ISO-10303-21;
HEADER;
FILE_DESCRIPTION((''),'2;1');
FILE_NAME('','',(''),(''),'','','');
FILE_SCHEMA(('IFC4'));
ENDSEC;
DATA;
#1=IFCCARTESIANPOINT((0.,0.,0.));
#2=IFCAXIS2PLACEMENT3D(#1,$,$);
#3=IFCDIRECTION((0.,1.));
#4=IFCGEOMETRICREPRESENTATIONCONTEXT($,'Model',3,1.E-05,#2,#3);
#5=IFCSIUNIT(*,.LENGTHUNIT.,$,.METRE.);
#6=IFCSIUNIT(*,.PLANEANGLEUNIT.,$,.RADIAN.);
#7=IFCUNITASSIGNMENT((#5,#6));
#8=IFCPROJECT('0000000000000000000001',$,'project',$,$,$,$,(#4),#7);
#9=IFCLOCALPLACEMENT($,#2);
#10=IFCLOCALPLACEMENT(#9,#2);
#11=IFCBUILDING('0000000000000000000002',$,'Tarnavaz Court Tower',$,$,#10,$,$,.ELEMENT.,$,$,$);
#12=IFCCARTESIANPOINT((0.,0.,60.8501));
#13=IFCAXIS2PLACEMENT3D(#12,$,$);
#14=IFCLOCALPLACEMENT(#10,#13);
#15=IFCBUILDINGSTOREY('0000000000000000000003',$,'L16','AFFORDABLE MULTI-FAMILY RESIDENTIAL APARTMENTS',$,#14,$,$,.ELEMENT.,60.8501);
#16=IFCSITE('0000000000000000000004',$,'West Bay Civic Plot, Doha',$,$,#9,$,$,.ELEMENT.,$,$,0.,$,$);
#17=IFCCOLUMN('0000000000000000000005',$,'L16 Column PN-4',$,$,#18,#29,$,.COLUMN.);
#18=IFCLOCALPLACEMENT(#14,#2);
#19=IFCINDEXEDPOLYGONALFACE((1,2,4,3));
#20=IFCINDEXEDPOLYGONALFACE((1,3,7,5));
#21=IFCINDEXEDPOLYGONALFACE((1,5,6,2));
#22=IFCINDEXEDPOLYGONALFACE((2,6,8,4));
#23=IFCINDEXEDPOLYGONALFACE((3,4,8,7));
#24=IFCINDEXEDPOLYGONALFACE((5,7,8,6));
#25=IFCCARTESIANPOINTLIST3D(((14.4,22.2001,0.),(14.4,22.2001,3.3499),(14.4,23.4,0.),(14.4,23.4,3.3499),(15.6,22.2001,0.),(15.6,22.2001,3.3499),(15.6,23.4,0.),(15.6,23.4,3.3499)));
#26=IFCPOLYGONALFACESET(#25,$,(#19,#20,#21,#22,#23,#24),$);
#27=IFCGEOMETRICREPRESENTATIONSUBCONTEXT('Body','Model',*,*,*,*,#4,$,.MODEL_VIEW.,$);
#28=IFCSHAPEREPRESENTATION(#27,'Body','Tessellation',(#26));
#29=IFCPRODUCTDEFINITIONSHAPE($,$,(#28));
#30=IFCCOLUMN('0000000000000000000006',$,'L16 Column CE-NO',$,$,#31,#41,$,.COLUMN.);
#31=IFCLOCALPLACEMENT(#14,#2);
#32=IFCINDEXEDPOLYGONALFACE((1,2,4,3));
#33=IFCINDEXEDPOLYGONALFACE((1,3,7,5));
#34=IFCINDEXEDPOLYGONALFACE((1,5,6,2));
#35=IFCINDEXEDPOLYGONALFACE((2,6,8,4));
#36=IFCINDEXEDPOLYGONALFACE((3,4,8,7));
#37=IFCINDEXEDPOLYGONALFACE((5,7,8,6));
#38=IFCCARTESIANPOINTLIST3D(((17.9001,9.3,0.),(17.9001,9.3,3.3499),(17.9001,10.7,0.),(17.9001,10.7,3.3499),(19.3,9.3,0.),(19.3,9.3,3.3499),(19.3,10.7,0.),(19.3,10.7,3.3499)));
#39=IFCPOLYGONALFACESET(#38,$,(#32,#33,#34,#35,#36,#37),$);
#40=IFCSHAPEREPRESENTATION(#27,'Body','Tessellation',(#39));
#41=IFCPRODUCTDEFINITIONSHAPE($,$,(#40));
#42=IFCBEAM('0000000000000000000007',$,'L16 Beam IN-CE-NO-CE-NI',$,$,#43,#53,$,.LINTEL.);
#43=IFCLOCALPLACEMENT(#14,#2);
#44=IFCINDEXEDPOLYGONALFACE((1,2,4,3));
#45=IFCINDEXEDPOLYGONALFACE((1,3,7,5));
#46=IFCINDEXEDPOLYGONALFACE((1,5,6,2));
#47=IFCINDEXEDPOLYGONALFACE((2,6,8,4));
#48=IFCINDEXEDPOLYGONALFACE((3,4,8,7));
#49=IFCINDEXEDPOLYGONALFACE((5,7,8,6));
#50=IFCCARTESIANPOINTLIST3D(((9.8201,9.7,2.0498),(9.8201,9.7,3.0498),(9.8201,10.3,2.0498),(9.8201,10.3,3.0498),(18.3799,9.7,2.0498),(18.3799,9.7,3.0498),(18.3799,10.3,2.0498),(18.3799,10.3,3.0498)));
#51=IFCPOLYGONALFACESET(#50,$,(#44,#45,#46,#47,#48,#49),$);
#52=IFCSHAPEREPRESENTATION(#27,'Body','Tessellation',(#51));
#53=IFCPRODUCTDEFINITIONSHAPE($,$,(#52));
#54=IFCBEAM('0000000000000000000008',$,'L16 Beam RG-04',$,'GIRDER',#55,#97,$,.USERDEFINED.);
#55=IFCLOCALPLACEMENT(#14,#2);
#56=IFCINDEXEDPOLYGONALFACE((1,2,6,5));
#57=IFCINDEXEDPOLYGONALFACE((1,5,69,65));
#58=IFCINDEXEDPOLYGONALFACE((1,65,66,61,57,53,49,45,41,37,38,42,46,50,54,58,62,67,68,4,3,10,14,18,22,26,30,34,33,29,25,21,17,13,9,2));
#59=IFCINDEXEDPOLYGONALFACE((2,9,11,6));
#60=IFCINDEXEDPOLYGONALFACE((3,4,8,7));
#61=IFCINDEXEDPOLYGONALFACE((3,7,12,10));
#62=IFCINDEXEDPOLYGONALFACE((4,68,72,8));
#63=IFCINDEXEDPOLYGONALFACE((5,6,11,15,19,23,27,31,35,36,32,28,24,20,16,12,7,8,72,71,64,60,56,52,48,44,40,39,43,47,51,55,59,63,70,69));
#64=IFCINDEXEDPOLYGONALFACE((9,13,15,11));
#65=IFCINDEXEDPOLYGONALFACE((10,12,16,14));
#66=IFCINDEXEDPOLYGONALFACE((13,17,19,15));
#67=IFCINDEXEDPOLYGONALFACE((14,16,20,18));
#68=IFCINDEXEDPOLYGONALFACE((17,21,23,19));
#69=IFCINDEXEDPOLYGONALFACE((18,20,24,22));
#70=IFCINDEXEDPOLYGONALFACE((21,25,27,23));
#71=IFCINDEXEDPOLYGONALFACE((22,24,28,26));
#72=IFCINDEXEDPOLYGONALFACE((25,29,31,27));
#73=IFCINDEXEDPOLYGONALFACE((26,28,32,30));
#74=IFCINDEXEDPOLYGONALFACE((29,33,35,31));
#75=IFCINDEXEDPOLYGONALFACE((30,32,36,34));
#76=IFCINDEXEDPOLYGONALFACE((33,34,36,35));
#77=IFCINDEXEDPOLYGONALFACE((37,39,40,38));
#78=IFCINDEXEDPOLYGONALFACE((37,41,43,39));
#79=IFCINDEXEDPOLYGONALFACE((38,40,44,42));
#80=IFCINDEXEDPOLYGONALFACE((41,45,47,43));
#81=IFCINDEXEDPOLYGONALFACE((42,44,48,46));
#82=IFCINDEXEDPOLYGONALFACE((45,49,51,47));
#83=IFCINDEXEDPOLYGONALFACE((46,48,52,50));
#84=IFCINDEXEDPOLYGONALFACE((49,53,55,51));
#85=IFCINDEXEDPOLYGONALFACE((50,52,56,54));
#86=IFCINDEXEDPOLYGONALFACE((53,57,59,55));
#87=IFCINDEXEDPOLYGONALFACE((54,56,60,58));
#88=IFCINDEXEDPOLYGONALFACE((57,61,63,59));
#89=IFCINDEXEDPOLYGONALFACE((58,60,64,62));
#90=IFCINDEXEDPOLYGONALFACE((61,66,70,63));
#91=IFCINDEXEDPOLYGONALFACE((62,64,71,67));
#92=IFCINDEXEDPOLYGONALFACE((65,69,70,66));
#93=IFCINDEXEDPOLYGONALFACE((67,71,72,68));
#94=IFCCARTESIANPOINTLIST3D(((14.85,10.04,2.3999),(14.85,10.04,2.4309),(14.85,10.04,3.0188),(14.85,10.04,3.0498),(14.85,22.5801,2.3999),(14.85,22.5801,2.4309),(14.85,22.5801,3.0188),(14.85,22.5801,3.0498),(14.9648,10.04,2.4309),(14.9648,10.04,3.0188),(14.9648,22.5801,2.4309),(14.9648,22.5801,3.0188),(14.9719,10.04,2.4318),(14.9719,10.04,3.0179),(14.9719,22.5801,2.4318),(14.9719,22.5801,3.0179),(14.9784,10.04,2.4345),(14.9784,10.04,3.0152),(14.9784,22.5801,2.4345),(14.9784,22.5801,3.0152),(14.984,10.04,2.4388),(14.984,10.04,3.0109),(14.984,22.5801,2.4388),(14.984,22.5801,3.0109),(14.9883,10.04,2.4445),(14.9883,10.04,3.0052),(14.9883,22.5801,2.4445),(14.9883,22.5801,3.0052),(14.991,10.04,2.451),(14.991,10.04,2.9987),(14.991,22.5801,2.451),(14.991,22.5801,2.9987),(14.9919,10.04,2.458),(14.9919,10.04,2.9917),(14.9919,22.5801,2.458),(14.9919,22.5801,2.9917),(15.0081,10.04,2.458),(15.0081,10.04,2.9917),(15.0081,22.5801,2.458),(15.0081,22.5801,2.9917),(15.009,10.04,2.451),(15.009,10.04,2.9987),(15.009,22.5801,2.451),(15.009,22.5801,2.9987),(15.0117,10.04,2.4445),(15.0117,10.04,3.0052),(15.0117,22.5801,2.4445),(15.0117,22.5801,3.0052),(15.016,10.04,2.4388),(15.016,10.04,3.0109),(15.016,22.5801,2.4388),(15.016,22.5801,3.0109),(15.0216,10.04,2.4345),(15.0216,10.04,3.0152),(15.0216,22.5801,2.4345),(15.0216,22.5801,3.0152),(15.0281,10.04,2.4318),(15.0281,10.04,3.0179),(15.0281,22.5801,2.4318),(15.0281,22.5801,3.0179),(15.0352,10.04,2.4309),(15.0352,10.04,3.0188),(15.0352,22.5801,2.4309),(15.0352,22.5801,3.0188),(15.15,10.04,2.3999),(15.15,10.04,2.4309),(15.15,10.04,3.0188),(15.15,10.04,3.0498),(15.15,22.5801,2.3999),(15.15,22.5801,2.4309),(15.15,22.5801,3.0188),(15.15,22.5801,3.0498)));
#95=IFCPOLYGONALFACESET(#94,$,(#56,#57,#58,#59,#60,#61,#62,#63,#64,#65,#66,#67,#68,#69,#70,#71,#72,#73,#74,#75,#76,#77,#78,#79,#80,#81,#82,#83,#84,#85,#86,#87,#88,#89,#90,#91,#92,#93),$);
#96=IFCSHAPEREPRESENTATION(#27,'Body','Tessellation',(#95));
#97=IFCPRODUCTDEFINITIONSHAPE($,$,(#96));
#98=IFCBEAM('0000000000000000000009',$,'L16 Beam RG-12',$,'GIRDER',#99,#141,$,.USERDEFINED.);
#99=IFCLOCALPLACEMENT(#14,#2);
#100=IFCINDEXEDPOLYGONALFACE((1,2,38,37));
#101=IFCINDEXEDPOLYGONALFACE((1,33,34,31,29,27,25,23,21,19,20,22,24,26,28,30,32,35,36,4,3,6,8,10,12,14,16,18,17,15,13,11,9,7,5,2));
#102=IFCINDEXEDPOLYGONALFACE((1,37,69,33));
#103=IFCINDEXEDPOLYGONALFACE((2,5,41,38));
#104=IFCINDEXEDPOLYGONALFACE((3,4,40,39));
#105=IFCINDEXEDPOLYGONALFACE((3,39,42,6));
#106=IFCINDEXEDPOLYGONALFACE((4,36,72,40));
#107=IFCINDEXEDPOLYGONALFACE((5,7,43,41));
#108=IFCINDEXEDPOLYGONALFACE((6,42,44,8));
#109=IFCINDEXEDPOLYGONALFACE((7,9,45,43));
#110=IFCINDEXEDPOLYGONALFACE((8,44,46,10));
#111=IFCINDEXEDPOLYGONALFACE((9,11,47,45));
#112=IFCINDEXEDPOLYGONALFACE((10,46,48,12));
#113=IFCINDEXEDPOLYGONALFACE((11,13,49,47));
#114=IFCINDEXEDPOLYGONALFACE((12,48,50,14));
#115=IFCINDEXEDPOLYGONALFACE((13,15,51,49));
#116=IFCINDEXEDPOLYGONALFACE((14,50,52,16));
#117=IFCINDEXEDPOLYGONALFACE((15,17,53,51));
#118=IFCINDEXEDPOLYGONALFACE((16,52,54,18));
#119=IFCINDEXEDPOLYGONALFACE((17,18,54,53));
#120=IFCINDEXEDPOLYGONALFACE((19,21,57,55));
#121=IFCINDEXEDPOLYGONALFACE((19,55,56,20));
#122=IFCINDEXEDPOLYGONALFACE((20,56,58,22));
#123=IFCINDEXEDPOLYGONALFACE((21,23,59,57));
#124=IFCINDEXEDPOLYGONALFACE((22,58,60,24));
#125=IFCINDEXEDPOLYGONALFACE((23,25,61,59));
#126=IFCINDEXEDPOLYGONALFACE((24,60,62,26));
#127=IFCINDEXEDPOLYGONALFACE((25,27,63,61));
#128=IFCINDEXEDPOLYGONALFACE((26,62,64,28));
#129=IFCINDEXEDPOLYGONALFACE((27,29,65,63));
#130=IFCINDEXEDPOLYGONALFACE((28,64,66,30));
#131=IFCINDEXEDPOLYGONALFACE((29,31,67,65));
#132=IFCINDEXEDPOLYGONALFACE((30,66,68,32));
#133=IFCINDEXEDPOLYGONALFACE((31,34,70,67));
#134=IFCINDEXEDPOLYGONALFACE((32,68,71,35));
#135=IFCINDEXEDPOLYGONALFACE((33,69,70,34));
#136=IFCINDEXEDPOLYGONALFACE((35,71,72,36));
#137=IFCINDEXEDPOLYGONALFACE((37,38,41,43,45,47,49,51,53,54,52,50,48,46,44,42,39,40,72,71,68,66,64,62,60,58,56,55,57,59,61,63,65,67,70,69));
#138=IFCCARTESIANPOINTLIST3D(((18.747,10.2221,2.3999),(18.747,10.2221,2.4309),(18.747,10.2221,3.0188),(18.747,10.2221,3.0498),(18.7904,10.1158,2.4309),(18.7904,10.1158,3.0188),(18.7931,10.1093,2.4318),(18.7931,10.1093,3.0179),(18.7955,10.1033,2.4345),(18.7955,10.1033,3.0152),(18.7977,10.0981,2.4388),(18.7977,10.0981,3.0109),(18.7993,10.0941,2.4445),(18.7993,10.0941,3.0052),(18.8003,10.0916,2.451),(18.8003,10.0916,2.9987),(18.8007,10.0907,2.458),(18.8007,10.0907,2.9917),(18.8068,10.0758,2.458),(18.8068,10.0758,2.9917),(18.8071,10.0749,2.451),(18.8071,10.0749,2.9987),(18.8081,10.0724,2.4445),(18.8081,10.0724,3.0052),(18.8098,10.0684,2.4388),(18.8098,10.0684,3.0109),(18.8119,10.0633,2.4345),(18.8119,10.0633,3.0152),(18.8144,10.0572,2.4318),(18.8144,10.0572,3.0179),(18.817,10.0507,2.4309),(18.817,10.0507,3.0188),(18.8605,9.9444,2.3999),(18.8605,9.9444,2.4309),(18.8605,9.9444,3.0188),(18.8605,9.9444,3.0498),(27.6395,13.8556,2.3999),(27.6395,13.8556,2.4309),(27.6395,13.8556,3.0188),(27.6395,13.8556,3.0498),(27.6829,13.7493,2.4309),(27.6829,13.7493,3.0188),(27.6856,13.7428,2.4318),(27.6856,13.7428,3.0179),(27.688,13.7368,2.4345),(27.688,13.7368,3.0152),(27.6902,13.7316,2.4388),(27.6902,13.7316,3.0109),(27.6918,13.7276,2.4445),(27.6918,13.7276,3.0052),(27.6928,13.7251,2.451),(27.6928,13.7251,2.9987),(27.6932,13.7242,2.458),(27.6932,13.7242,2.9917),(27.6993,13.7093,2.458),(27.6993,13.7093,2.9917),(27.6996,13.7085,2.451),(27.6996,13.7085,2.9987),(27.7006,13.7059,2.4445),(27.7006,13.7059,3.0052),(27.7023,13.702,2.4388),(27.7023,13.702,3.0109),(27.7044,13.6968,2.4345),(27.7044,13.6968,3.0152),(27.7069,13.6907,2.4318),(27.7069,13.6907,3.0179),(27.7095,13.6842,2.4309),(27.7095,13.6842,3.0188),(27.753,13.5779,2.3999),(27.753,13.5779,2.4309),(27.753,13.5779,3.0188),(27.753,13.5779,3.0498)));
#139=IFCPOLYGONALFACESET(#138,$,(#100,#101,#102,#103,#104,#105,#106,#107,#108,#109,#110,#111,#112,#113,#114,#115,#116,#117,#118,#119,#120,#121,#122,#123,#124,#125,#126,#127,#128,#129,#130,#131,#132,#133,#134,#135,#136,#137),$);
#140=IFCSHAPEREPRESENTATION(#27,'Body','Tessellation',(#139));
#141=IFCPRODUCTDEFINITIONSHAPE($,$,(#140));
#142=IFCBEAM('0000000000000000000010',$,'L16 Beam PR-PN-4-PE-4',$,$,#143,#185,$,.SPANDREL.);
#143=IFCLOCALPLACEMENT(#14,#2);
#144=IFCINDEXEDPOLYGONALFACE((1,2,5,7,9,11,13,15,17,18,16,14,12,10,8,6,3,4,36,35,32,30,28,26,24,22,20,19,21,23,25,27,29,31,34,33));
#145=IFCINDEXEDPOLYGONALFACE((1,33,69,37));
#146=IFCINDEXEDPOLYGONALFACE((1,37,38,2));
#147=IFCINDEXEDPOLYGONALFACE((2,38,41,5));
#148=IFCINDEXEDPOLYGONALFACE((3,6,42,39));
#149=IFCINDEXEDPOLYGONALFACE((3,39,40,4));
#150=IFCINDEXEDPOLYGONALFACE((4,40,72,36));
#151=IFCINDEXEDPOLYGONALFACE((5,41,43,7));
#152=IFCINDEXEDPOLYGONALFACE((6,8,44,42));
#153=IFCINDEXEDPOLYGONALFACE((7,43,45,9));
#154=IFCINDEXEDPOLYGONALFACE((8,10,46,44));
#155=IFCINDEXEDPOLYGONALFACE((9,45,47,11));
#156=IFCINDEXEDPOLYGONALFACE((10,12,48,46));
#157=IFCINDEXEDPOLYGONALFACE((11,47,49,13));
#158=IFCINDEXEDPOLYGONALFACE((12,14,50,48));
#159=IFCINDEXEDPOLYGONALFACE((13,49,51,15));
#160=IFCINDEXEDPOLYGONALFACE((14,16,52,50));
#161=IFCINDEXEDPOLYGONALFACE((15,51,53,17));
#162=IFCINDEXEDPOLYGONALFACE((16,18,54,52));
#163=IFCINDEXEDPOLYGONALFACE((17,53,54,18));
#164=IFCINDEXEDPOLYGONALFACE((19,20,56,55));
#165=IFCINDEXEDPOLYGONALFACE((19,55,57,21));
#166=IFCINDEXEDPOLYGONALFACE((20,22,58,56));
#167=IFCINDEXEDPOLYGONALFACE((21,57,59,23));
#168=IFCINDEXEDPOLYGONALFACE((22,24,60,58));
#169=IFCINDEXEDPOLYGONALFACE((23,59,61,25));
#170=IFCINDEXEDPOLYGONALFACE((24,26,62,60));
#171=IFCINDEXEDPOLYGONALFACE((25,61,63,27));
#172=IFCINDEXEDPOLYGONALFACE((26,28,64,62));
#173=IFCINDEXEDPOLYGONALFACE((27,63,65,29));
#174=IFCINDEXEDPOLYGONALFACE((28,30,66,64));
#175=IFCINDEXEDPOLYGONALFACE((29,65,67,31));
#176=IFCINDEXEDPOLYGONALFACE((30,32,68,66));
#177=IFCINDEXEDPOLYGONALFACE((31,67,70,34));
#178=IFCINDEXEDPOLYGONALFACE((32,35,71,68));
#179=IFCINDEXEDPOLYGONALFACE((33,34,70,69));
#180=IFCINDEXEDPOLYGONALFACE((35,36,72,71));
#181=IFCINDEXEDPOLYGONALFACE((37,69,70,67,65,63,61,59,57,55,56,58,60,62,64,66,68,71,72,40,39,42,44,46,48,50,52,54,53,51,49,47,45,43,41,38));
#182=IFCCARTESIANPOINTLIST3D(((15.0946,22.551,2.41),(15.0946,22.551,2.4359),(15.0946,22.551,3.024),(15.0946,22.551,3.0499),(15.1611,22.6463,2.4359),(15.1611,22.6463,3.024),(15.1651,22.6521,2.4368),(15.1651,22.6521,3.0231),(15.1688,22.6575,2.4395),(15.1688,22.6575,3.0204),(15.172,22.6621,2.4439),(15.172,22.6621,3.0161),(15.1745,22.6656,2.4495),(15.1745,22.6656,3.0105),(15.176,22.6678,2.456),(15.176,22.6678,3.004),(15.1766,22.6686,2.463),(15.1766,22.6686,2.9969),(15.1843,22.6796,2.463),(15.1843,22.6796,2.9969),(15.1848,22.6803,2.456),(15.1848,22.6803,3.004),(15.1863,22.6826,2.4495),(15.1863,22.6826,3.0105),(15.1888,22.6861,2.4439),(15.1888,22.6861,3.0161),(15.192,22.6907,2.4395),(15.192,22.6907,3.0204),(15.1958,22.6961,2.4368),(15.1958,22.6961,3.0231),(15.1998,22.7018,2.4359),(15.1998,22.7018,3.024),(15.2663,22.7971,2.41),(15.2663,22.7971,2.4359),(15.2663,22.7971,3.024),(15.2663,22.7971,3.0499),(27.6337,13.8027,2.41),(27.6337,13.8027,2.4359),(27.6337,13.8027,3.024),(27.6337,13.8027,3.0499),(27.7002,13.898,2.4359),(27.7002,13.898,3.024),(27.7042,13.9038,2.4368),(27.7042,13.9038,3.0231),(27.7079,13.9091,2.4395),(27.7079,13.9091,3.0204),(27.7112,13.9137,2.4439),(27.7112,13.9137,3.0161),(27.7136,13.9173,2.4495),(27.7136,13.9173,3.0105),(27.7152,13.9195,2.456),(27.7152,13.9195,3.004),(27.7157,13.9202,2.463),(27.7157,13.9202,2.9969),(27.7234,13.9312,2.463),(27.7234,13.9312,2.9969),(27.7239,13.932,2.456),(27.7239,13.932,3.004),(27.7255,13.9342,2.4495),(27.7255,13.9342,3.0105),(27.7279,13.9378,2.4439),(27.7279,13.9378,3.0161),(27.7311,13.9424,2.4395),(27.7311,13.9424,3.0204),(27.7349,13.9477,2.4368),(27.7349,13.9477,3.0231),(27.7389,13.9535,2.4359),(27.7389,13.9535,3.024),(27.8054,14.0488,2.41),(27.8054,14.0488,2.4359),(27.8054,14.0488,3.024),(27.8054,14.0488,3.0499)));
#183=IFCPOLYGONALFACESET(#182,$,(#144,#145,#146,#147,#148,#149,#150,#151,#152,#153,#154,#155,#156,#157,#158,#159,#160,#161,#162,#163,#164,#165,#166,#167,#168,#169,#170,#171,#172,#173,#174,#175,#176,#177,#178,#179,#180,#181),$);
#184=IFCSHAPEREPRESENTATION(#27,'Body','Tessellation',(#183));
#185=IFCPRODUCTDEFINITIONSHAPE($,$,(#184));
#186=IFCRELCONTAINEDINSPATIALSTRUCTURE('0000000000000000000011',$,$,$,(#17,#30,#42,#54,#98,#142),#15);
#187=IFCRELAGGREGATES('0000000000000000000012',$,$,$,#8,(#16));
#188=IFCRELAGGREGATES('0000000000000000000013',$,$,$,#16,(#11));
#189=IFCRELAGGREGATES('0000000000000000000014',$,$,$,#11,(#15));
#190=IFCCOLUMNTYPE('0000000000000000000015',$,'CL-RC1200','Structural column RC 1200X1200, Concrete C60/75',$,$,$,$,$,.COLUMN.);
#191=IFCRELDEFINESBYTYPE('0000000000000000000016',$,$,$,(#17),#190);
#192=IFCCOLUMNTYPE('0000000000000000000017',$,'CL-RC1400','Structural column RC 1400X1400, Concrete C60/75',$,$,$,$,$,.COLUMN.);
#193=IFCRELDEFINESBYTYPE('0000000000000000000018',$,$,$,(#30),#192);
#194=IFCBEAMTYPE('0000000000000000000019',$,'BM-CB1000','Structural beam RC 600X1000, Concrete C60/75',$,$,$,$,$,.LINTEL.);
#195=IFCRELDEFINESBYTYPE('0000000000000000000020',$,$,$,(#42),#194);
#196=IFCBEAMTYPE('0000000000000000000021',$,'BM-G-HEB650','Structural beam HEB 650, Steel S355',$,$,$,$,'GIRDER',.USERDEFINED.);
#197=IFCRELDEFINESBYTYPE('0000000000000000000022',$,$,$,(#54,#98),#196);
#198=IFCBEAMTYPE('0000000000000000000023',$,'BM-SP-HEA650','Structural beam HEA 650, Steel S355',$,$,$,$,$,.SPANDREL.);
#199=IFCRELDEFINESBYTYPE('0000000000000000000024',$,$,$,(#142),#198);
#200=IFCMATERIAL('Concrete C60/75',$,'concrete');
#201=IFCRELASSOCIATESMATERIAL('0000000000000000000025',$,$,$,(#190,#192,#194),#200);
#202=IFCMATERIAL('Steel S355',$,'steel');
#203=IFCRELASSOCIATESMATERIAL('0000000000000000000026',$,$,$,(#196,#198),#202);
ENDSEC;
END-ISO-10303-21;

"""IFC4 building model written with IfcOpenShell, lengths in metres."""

from ifc_helpers import new_model, si_unit, direction, frame, origin, origin_2d, place, context, subcontext, project, spatial, rectangle, i_section, extrude, material, material_profile, profile_set, type_object, element, save


model = new_model("IFC4")

# Units and contexts
model_context = context("Model", 3, precision=1e-05, world=origin(), true_north=direction((0.0, 1.0)))
body_context = subcontext(model_context, "Body", "Model", "MODEL_VIEW")
ifc_project = project(units=[si_unit("LENGTHUNIT", "METRE"), si_unit("PLANEANGLEUNIT", "RADIAN")], contexts=[model_context])

# Site, building, storey
site_placement = place(None, origin())
site = spatial("IfcSite", under=ifc_project, at=site_placement, Name="West Bay Civic Plot, Doha", CompositionType="ELEMENT", RefElevation=0.0)
building_placement = place(site_placement, origin())
building = spatial("IfcBuilding", under=site, at=building_placement, Name="Tarnavaz Court Tower", CompositionType="ELEMENT")
storey_placement = place(building_placement, frame((0.0, 0.0, 60.8501)))
storey = spatial("IfcBuildingStorey", under=building, at=storey_placement, Name="L16", Description="AFFORDABLE MULTI-FAMILY RESIDENTIAL APARTMENTS", CompositionType="ELEMENT", Elevation=60.8501)

# Columns
ifc_material_1 = material(Name="Concrete C60/75", Category="concrete")
ifc_material_profile_1 = material_profile(ifc_material_1, rectangle(XDim=1.2, YDim=1.2, at=origin_2d()), Name="RC 1200X1200")
ifc_profile_set_1 = profile_set([ifc_material_profile_1], Name="Concrete C60/75")
column_type_1 = type_object("IfcColumnType", Name="CL-RC1200", Description="Structural column RC 1200X1200, Concrete C60/75", PredefinedType="COLUMN", material=ifc_profile_set_1)
column_1_placement = place(storey_placement, frame((15.0, 22.8, 0.0), z_axis=(0.0, 0.0, 1.0), x_axis=(1.0, 0.0, 0.0)))
element("IfcColumn", 1, at=column_1_placement, inside=storey, type_object=column_type_1, Name="L16 Column PN-4", PredefinedType="COLUMN", context=body_context, shape_type="SweptSolid", body=[
    extrude(rectangle(XDim=1.2, YDim=1.2, at=origin_2d()), origin(), (0.0, 0.0, 1.0), 3.3499),
])
ifc_material_profile_2 = material_profile(ifc_material_1, rectangle(XDim=1.3999, YDim=1.3999, at=origin_2d()), Name="RC 1400X1400")
ifc_profile_set_2 = profile_set([ifc_material_profile_2], Name="Concrete C60/75")
column_type_2 = type_object("IfcColumnType", Name="CL-RC1400", Description="Structural column RC 1400X1400, Concrete C60/75", PredefinedType="COLUMN", material=ifc_profile_set_2)
column_2_placement = place(storey_placement, frame((18.6001, 10.0, 0.0), z_axis=(0.0, 0.0, 1.0), x_axis=(1.0, 0.0, 0.0)))
element("IfcColumn", 2, at=column_2_placement, inside=storey, type_object=column_type_2, Name="L16 Column CE-NO", PredefinedType="COLUMN", context=body_context, shape_type="SweptSolid", body=[
    extrude(rectangle(XDim=1.3999, YDim=1.3999, at=origin_2d()), origin(), (0.0, 0.0, 1.0), 3.3499),
])

# Beams
ifc_material_profile_3 = material_profile(ifc_material_1, rectangle(XDim=0.6001, YDim=1.0, at=origin_2d()), Name="RC 600X1000")
ifc_profile_set_3 = profile_set([ifc_material_profile_3], Name="Concrete C60/75")
beam_type_1 = type_object("IfcBeamType", Name="BM-CB1000", Description="Structural beam RC 600X1000, Concrete C60/75", PredefinedType="LINTEL", material=ifc_profile_set_3)
beam_1_placement = place(storey_placement, frame((18.3799, 10.0, 2.5498), z_axis=(-1.0, 0.0, 0.0), x_axis=(0.0, -1.0, 0.0)))
element("IfcBeam", 3, at=beam_1_placement, inside=storey, type_object=beam_type_1, Name="L16 Beam IN-CE-NO-CE-NI", PredefinedType="LINTEL", context=body_context, shape_type="SweptSolid", body=[
    extrude(rectangle(XDim=0.6001, YDim=1.0, at=origin_2d()), origin(), (0.0, 0.0, 1.0), 8.5598),
])
ifc_material_2 = material(Name="Steel S355", Category="steel")
ifc_material_profile_4 = material_profile(ifc_material_2, i_section(OverallWidth=0.3, OverallDepth=0.6499, WebThickness=0.0161, FlangeThickness=0.031, FilletRadius=0.0271, at=origin_2d()), Name="HEB 650")
ifc_profile_set_4 = profile_set([ifc_material_profile_4], Name="Steel S355")
beam_type_2 = type_object("IfcBeamType", Name="BM-G-HEB650", Description="Structural beam HEB 650, Steel S355", ElementType="GIRDER", PredefinedType="USERDEFINED", material=ifc_profile_set_4)
beam_2_placement = place(storey_placement, frame((15.0, 10.04, 2.7249), z_axis=(0.0, 1.0, 0.0), x_axis=(-1.0, 0.0, 0.0)))
element("IfcBeam", 4, at=beam_2_placement, inside=storey, type_object=beam_type_2, Name="L16 Beam RG-04", ObjectType="GIRDER", PredefinedType="USERDEFINED", context=body_context, shape_type="SweptSolid", body=[
    extrude(i_section(OverallWidth=0.3, OverallDepth=0.6499, WebThickness=0.0161, FlangeThickness=0.031, FilletRadius=0.0271, at=origin_2d()), origin(), (0.0, 0.0, 1.0), 12.54),
])
beam_3_placement = place(storey_placement, frame((18.8037, 10.0833, 2.7249), z_axis=(0.925705, 0.378247, 0.0), x_axis=(-0.378247, 0.925705, 0.0)))
element("IfcBeam", 5, at=beam_3_placement, inside=storey, type_object=beam_type_2, Name="L16 Beam RG-12", ObjectType="GIRDER", PredefinedType="USERDEFINED", context=body_context, shape_type="SweptSolid", body=[
    extrude(i_section(OverallWidth=0.3, OverallDepth=0.6499, WebThickness=0.0161, FlangeThickness=0.031, FilletRadius=0.0271, at=origin_2d()), origin(), (0.0, 0.0, 1.0), 9.6062),
])
ifc_material_profile_5 = material_profile(ifc_material_2, i_section(OverallWidth=0.3, OverallDepth=0.6399, WebThickness=0.0134, FlangeThickness=0.0259, FilletRadius=0.0271, at=origin_2d()), Name="HEA 650")
ifc_profile_set_5 = profile_set([ifc_material_profile_5], Name="Steel S355")
beam_type_3 = type_object("IfcBeamType", Name="BM-SP-HEA650", Description="Structural beam HEA 650, Steel S355", PredefinedType="SPANDREL", material=ifc_profile_set_5)
beam_4_placement = place(storey_placement, frame((15.1804, 22.6741, 2.73), z_axis=(0.820124, -0.572186, 0.0), x_axis=(0.572186, 0.820124, 0.0)))
element("IfcBeam", 6, at=beam_4_placement, inside=storey, type_object=beam_type_3, Name="L16 Beam PR-PN-4-PE-4", PredefinedType="SPANDREL", context=body_context, shape_type="SweptSolid", body=[
    extrude(i_section(OverallWidth=0.3, OverallDepth=0.6399, WebThickness=0.0134, FlangeThickness=0.0259, FilletRadius=0.0271, at=origin_2d()), origin(), (0.0, 0.0, 1.0), 15.2893),
])

save(model, "model.ifc")
